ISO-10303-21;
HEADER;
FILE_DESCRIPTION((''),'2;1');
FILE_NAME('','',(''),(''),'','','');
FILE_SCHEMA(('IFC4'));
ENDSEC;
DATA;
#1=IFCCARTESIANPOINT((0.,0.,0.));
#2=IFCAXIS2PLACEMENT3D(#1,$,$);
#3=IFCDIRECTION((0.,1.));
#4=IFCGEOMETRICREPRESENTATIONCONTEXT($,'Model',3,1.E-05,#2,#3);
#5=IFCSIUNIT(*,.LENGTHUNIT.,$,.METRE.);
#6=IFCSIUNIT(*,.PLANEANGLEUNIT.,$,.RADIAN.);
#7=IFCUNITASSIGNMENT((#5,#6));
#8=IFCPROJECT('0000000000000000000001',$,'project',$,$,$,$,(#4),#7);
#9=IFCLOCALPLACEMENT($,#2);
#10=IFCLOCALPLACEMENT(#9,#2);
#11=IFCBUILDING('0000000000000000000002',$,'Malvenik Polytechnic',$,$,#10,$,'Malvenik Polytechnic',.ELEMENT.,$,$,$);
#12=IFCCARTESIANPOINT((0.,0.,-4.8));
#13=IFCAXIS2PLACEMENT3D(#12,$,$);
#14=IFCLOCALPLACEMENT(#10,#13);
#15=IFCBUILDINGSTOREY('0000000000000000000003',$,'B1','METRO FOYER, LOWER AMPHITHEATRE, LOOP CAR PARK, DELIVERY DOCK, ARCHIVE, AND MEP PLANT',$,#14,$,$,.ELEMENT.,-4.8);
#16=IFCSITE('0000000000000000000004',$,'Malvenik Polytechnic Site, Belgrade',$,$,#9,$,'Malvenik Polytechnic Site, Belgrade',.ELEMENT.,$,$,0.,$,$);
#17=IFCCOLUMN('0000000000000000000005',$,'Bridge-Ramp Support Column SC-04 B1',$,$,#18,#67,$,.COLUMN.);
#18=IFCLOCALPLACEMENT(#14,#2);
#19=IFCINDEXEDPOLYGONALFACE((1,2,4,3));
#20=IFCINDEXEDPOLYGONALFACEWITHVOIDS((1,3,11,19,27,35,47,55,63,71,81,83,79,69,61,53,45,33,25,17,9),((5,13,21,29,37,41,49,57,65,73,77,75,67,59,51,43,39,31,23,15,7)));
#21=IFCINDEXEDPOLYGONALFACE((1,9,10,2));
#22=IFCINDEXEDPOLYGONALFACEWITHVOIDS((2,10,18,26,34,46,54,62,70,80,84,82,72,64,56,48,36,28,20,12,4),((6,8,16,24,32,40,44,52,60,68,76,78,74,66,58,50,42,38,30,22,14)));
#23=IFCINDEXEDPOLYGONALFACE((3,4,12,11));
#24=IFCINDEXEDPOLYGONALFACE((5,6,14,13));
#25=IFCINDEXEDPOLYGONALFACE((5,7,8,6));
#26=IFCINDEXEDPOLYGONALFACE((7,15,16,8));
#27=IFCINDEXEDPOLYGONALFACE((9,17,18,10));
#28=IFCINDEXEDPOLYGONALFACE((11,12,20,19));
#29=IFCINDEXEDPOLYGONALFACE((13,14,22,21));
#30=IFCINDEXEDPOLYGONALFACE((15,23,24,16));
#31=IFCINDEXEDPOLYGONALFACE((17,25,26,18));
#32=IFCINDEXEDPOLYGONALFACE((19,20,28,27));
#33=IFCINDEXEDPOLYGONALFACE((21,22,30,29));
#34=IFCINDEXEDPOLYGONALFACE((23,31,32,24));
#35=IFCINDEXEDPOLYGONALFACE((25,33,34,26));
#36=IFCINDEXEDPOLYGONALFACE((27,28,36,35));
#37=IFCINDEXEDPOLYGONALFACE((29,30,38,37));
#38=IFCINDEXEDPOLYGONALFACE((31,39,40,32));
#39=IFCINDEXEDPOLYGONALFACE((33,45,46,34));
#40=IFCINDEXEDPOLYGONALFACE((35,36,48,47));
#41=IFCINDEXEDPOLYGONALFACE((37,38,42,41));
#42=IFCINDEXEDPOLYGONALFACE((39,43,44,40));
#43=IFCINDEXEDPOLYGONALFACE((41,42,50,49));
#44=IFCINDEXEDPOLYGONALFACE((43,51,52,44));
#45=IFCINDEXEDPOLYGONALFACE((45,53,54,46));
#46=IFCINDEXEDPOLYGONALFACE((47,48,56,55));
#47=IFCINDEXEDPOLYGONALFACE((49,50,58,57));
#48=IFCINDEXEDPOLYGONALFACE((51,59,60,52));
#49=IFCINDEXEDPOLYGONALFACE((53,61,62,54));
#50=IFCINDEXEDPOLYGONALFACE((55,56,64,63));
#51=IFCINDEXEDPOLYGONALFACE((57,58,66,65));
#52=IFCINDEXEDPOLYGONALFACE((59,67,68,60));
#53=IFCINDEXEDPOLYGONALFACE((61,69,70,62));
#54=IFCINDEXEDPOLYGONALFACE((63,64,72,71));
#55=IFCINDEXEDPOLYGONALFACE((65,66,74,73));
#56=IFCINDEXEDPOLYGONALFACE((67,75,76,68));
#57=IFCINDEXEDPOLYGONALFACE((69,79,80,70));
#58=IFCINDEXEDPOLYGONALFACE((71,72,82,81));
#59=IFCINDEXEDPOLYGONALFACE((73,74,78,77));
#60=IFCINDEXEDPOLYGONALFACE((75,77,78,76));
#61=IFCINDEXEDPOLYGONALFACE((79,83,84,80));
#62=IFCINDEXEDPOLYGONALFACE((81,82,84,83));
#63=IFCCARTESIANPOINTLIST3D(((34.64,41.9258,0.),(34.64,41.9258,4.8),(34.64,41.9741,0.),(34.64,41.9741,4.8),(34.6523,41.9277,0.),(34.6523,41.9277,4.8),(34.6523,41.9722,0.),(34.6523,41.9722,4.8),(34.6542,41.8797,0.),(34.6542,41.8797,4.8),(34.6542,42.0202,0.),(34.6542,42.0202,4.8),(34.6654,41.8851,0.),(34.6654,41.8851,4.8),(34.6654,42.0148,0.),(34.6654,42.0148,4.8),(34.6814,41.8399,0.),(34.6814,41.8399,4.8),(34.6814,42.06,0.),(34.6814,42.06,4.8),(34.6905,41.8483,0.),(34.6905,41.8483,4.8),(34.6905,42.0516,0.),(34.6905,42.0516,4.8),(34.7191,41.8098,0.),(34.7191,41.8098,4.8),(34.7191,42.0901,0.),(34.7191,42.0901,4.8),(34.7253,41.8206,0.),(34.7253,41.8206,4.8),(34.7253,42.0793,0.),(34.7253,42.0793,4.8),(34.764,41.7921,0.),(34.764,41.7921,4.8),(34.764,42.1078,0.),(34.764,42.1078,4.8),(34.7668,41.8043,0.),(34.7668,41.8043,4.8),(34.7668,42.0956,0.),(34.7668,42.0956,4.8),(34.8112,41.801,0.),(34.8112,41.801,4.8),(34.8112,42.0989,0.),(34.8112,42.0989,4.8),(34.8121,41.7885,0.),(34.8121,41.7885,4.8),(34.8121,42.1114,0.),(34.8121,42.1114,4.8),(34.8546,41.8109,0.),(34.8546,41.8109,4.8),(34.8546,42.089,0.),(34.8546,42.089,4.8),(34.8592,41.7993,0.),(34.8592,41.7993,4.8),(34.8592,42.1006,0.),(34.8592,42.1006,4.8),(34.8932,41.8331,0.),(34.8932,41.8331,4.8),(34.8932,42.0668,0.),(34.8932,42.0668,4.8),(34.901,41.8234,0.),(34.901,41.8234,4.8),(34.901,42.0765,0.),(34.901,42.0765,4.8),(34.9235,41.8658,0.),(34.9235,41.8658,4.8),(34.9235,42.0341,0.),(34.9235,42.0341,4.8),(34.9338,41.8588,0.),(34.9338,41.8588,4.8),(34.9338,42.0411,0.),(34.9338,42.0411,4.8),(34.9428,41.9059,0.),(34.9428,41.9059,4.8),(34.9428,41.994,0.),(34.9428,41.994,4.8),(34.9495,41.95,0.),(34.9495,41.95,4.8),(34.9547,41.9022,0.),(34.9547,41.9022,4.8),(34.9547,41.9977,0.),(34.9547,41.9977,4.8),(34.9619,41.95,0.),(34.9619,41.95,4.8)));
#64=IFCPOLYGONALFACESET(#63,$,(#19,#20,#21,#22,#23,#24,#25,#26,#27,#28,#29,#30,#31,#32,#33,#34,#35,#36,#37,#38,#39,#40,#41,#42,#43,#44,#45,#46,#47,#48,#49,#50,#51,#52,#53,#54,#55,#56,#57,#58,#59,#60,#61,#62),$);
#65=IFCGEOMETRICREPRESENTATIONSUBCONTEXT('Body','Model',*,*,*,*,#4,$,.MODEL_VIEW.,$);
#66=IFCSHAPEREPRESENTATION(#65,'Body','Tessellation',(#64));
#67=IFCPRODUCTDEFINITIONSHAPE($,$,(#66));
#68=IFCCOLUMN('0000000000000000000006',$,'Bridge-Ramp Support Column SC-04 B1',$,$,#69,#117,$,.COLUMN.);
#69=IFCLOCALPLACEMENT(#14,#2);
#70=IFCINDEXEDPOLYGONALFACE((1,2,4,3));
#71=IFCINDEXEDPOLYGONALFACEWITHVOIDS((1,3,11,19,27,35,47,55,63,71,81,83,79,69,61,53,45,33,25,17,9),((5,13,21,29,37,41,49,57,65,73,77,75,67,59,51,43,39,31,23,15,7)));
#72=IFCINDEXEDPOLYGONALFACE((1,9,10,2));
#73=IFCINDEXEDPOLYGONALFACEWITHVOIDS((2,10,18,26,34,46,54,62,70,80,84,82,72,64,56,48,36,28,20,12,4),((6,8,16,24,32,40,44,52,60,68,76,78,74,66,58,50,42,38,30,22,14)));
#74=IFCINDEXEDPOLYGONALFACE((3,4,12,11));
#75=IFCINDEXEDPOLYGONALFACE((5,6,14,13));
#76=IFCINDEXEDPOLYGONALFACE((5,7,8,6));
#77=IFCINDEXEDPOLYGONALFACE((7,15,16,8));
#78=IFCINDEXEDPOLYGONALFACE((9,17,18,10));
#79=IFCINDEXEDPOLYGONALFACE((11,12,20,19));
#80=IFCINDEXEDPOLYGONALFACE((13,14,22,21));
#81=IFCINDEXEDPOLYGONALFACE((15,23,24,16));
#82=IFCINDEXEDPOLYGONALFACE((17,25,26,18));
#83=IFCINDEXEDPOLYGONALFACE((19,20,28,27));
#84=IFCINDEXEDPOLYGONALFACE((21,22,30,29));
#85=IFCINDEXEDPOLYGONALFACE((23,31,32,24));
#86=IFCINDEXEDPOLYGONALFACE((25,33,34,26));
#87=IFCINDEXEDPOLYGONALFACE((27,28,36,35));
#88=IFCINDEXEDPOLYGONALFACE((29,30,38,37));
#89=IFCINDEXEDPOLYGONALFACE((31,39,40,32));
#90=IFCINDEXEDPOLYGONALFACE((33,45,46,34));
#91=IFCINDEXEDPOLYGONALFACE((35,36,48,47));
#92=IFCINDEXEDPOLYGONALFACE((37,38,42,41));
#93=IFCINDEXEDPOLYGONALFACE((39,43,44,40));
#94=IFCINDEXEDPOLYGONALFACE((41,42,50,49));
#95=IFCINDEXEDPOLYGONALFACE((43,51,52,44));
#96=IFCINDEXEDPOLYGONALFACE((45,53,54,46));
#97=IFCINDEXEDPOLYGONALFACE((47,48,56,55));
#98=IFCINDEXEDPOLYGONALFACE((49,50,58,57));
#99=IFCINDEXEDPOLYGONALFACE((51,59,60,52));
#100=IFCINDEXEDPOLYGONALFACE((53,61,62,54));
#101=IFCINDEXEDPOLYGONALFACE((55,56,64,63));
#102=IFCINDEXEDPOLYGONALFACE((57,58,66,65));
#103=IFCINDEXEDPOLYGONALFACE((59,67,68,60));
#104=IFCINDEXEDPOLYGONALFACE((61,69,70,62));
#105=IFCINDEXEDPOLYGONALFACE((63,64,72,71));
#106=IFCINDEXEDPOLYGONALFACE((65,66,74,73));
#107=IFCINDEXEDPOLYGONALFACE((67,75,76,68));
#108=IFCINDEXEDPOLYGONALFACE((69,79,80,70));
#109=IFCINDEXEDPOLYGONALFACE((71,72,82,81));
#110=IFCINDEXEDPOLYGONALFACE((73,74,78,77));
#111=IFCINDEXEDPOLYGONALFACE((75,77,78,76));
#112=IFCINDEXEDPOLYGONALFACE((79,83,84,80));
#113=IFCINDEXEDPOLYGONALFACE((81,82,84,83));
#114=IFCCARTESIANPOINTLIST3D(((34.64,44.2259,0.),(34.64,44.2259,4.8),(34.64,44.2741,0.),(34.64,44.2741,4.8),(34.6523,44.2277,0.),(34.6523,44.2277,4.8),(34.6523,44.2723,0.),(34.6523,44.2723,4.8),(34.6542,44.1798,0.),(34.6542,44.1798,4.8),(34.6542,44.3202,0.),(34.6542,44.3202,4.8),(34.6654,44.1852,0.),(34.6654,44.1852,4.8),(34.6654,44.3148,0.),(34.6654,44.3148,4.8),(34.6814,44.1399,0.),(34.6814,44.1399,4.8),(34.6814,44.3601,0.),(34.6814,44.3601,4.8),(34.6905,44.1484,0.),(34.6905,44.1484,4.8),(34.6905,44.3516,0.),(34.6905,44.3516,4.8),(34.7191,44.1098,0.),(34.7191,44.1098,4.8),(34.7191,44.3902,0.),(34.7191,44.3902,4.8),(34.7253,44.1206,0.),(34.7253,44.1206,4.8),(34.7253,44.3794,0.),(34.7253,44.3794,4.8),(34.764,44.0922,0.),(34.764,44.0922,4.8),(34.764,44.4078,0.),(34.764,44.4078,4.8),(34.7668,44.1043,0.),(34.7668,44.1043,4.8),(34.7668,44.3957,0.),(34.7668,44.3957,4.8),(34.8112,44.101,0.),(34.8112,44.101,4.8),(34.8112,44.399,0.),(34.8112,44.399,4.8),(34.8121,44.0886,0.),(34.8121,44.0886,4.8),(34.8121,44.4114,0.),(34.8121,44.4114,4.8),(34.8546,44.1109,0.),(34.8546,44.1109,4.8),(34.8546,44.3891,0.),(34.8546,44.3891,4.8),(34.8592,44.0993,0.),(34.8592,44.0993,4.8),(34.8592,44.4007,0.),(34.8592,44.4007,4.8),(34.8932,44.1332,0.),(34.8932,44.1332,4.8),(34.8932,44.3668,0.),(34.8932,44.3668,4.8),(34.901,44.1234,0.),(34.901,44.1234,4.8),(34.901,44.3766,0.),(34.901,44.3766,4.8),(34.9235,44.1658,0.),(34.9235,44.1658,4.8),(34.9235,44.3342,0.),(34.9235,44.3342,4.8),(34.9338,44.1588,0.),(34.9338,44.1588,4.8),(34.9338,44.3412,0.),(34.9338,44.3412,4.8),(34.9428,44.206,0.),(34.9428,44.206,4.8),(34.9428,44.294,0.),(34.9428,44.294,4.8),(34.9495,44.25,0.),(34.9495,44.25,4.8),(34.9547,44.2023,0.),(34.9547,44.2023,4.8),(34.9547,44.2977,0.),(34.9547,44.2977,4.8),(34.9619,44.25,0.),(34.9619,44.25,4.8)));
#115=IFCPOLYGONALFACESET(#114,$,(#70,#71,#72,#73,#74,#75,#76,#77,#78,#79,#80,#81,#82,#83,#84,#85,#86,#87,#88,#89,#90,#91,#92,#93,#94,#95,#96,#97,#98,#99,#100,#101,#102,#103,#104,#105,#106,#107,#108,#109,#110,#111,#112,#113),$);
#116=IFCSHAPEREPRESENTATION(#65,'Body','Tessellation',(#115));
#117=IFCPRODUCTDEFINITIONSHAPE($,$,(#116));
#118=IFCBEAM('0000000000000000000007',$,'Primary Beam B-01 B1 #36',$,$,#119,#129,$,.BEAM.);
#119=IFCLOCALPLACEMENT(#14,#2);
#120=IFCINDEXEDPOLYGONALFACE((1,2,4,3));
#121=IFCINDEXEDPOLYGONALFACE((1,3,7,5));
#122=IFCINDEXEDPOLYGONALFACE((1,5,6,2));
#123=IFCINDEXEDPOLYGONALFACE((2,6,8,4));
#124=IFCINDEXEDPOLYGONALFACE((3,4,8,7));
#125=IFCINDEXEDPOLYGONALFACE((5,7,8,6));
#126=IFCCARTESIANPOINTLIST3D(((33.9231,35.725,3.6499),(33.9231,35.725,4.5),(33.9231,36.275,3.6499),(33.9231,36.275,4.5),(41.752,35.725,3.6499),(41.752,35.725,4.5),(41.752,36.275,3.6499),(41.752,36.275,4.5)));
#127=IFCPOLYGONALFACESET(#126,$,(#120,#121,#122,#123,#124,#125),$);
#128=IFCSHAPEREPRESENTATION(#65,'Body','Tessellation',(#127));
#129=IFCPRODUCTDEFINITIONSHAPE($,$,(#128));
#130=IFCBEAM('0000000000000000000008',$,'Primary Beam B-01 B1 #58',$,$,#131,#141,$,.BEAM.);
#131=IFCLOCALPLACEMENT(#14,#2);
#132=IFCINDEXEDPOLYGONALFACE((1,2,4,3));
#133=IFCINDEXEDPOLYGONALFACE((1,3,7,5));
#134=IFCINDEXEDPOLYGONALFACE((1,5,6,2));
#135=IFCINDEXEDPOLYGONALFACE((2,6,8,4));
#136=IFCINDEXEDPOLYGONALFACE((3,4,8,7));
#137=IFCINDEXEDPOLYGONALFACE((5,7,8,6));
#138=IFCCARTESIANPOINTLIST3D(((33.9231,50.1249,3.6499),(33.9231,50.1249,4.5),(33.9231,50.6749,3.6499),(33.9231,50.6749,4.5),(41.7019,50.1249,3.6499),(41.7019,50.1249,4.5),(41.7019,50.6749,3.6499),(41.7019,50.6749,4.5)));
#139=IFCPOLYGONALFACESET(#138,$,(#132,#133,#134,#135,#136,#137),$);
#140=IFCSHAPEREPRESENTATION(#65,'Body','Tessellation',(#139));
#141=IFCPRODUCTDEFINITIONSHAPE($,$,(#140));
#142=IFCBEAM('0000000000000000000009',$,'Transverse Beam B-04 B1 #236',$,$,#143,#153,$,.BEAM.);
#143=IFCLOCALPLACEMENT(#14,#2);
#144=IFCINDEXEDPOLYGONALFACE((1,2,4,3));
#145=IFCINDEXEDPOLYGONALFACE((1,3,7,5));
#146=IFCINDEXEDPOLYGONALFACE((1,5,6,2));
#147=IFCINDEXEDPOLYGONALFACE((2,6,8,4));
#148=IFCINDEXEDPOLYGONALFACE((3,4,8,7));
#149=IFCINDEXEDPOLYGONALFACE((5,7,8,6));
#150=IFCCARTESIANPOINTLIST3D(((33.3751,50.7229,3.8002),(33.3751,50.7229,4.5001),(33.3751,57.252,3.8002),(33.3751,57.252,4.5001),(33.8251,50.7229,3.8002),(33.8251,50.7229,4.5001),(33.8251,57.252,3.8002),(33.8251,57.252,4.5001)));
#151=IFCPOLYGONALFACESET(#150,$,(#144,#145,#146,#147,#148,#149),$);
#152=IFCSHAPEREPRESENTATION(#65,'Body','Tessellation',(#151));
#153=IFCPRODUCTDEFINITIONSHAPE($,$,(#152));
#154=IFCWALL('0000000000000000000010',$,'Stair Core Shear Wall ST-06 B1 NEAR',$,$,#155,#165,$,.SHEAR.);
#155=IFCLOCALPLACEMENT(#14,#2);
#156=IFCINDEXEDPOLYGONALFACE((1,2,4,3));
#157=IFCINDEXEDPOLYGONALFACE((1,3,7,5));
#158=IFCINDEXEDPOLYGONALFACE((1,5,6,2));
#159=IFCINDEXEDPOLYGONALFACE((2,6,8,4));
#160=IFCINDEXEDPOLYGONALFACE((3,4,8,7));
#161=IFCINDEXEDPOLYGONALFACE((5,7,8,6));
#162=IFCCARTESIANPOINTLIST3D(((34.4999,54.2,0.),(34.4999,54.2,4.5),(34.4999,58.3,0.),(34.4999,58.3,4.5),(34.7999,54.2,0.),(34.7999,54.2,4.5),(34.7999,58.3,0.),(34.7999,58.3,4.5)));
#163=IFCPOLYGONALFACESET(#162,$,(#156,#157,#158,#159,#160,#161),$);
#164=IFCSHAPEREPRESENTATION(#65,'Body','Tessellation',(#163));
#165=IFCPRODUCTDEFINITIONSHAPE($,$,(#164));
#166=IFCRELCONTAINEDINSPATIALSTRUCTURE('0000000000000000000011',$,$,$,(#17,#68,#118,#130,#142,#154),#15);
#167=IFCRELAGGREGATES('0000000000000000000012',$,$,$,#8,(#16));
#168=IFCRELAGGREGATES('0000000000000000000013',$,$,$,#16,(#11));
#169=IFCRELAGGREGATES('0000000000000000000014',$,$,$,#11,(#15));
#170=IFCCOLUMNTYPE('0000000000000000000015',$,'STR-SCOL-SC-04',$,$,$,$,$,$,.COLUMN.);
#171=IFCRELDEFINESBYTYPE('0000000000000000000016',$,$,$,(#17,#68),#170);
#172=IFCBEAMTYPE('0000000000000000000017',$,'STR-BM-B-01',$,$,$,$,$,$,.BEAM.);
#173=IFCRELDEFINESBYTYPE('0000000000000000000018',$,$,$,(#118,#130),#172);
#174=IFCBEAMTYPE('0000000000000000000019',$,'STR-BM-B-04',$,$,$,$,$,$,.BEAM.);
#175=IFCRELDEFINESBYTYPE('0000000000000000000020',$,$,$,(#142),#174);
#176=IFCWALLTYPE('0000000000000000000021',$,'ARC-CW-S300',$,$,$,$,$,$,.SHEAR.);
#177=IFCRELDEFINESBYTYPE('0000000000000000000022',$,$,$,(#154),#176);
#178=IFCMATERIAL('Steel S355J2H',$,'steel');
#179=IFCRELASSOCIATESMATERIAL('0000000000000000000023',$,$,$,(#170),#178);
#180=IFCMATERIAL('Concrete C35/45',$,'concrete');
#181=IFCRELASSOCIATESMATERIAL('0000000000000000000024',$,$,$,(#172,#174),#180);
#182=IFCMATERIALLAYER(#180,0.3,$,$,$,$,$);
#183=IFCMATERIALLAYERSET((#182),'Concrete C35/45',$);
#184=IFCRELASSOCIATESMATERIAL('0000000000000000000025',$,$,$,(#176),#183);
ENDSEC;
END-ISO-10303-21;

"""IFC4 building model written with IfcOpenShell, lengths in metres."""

from ifc_helpers import new_model, si_unit, direction, frame, frame_2d, origin, origin_2d, place, context, subcontext, project, spatial, rectangle, hollow_circle, extrude, material, layer, layer_set, material_profile, profile_set, type_object, element, save


model = new_model("IFC4")

# Units and contexts
model_context = context("Model", 3, precision=1e-05, world=origin(), true_north=direction((0.0, 1.0)))
body_context = subcontext(model_context, "Body", "Model", "MODEL_VIEW")
ifc_project = project(units=[si_unit("LENGTHUNIT", "METRE"), si_unit("PLANEANGLEUNIT", "RADIAN")], contexts=[model_context])

# Site, building, storey
site_placement = place(None, origin())
site = spatial("IfcSite", under=ifc_project, at=site_placement, Name="Malvenik Polytechnic Site, Belgrade", LongName="Malvenik Polytechnic Site, Belgrade", CompositionType="ELEMENT", RefElevation=0.0)
building_placement = place(site_placement, origin())
building = spatial("IfcBuilding", under=site, at=building_placement, Name="Malvenik Polytechnic", LongName="Malvenik Polytechnic", CompositionType="ELEMENT")
storey_placement = place(building_placement, frame((0.0, 0.0, -4.8)))
storey = spatial("IfcBuildingStorey", under=building, at=storey_placement, Name="B1", Description="METRO FOYER, LOWER AMPHITHEATRE, LOOP CAR PARK, DELIVERY DOCK, ARCHIVE, AND MEP PLANT", CompositionType="ELEMENT", Elevation=-4.8)

# Shared definitions
ifc_material_1 = material(Name="Concrete C35/45", Category="concrete")

# Columns
ifc_material_2 = material(Name="Steel S355J2H", Category="steel")
ifc_material_profile_1 = material_profile(ifc_material_2, hollow_circle(Radius=0.1619, WallThickness=0.0125, at=origin_2d()), Name="CHS 323.9x12.5")
ifc_profile_set_1 = profile_set([ifc_material_profile_1], Name="Steel S355J2H")
column_type_1 = type_object("IfcColumnType", Name="STR-SCOL-SC-04", PredefinedType="COLUMN", material=ifc_profile_set_1)
for number, where, z_axis, x_axis, name in (
    (1, (34.8, 41.95, 0.0), (0.0, 0.0, 1.0), (1.0, 0.0, 0.0), "Bridge-Ramp Support Column SC-04 B1"),
    (2, (34.8, 44.25, 0.0), (0.0, 0.0, 1.0), (1.0, 0.0, 0.0), "Bridge-Ramp Support Column SC-04 B1"),
):
    element("IfcColumn", number, at=place(storey_placement, frame(where, z_axis=z_axis, x_axis=x_axis)), inside=storey, type_object=column_type_1, Name=name, PredefinedType="COLUMN", context=body_context, shape_type="SweptSolid", body=[
        extrude(hollow_circle(Radius=0.1619, WallThickness=0.0125, at=origin_2d()), origin(), (0.0, 0.0, 1.0), 4.8),
    ])

# Beams
ifc_material_profile_2 = material_profile(ifc_material_1, rectangle(XDim=0.55, YDim=0.8501, at=origin_2d()), Name="RC BM 550x850")
ifc_profile_set_2 = profile_set([ifc_material_profile_2], Name="Concrete C35/45")
beam_type_1 = type_object("IfcBeamType", Name="STR-BM-B-01", PredefinedType="BEAM", material=ifc_profile_set_2)
beam_1_placement = place(storey_placement, frame((33.9231, 36.0, 4.075), z_axis=(1.0, 0.0, 0.0), x_axis=(0.0, 1.0, 0.0)))
element("IfcBeam", 3, at=beam_1_placement, inside=storey, type_object=beam_type_1, Name="Primary Beam B-01 B1 #36", PredefinedType="BEAM", context=body_context, shape_type="SweptSolid", body=[
    extrude(rectangle(XDim=0.55, YDim=0.8501, at=origin_2d()), origin(), (0.0, 0.0, 1.0), 7.8289),
])
beam_2_placement = place(storey_placement, frame((33.9231, 50.3999, 4.075), z_axis=(1.0, 0.0, 0.0), x_axis=(0.0, 1.0, 0.0)))
element("IfcBeam", 4, at=beam_2_placement, inside=storey, type_object=beam_type_1, Name="Primary Beam B-01 B1 #58", PredefinedType="BEAM", context=body_context, shape_type="SweptSolid", body=[
    extrude(rectangle(XDim=0.55, YDim=0.8501, at=origin_2d()), origin(), (0.0, 0.0, 1.0), 7.7788),
])
ifc_material_profile_3 = material_profile(ifc_material_1, rectangle(XDim=0.45, YDim=0.7, at=origin_2d()), Name="RC BM 450x700")
ifc_profile_set_3 = profile_set([ifc_material_profile_3], Name="Concrete C35/45")
beam_type_2 = type_object("IfcBeamType", Name="STR-BM-B-04", PredefinedType="BEAM", material=ifc_profile_set_3)
beam_3_placement = place(storey_placement, frame((33.6001, 50.7229, 4.1501), z_axis=(0.0, 1.0, 0.0), x_axis=(-1.0, 0.0, 0.0)))
element("IfcBeam", 5, at=beam_3_placement, inside=storey, type_object=beam_type_2, Name="Transverse Beam B-04 B1 #236", PredefinedType="BEAM", context=body_context, shape_type="SweptSolid", body=[
    extrude(rectangle(XDim=0.45, YDim=0.7, at=origin_2d()), origin(), (0.0, 0.0, 1.0), 6.5291),
])

# Wall
ifc_layer_1 = layer(ifc_material_1, 0.3)
ifc_layer_set_1 = layer_set([ifc_layer_1], Name="Concrete C35/45")
wall_type_1 = type_object("IfcWallType", Name="ARC-CW-S300", PredefinedType="SHEAR", material=ifc_layer_set_1)
wall_1_placement = place(storey_placement, frame((34.6499, 54.2, 0.0), z_axis=(0.0, 0.0, 1.0), x_axis=(0.0, 1.0, 0.0)))
element("IfcWall", 6, at=wall_1_placement, inside=storey, type_object=wall_type_1, Name="Stair Core Shear Wall ST-06 B1 NEAR", PredefinedType="SHEAR", context=body_context, shape_type="SweptSolid", body=[
    extrude(rectangle(XDim=4.1001, YDim=0.3, at=frame_2d((2.05, 0.0))), origin(), (0.0, 0.0, 1.0), 4.5),
])

save(model, "model.ifc")
